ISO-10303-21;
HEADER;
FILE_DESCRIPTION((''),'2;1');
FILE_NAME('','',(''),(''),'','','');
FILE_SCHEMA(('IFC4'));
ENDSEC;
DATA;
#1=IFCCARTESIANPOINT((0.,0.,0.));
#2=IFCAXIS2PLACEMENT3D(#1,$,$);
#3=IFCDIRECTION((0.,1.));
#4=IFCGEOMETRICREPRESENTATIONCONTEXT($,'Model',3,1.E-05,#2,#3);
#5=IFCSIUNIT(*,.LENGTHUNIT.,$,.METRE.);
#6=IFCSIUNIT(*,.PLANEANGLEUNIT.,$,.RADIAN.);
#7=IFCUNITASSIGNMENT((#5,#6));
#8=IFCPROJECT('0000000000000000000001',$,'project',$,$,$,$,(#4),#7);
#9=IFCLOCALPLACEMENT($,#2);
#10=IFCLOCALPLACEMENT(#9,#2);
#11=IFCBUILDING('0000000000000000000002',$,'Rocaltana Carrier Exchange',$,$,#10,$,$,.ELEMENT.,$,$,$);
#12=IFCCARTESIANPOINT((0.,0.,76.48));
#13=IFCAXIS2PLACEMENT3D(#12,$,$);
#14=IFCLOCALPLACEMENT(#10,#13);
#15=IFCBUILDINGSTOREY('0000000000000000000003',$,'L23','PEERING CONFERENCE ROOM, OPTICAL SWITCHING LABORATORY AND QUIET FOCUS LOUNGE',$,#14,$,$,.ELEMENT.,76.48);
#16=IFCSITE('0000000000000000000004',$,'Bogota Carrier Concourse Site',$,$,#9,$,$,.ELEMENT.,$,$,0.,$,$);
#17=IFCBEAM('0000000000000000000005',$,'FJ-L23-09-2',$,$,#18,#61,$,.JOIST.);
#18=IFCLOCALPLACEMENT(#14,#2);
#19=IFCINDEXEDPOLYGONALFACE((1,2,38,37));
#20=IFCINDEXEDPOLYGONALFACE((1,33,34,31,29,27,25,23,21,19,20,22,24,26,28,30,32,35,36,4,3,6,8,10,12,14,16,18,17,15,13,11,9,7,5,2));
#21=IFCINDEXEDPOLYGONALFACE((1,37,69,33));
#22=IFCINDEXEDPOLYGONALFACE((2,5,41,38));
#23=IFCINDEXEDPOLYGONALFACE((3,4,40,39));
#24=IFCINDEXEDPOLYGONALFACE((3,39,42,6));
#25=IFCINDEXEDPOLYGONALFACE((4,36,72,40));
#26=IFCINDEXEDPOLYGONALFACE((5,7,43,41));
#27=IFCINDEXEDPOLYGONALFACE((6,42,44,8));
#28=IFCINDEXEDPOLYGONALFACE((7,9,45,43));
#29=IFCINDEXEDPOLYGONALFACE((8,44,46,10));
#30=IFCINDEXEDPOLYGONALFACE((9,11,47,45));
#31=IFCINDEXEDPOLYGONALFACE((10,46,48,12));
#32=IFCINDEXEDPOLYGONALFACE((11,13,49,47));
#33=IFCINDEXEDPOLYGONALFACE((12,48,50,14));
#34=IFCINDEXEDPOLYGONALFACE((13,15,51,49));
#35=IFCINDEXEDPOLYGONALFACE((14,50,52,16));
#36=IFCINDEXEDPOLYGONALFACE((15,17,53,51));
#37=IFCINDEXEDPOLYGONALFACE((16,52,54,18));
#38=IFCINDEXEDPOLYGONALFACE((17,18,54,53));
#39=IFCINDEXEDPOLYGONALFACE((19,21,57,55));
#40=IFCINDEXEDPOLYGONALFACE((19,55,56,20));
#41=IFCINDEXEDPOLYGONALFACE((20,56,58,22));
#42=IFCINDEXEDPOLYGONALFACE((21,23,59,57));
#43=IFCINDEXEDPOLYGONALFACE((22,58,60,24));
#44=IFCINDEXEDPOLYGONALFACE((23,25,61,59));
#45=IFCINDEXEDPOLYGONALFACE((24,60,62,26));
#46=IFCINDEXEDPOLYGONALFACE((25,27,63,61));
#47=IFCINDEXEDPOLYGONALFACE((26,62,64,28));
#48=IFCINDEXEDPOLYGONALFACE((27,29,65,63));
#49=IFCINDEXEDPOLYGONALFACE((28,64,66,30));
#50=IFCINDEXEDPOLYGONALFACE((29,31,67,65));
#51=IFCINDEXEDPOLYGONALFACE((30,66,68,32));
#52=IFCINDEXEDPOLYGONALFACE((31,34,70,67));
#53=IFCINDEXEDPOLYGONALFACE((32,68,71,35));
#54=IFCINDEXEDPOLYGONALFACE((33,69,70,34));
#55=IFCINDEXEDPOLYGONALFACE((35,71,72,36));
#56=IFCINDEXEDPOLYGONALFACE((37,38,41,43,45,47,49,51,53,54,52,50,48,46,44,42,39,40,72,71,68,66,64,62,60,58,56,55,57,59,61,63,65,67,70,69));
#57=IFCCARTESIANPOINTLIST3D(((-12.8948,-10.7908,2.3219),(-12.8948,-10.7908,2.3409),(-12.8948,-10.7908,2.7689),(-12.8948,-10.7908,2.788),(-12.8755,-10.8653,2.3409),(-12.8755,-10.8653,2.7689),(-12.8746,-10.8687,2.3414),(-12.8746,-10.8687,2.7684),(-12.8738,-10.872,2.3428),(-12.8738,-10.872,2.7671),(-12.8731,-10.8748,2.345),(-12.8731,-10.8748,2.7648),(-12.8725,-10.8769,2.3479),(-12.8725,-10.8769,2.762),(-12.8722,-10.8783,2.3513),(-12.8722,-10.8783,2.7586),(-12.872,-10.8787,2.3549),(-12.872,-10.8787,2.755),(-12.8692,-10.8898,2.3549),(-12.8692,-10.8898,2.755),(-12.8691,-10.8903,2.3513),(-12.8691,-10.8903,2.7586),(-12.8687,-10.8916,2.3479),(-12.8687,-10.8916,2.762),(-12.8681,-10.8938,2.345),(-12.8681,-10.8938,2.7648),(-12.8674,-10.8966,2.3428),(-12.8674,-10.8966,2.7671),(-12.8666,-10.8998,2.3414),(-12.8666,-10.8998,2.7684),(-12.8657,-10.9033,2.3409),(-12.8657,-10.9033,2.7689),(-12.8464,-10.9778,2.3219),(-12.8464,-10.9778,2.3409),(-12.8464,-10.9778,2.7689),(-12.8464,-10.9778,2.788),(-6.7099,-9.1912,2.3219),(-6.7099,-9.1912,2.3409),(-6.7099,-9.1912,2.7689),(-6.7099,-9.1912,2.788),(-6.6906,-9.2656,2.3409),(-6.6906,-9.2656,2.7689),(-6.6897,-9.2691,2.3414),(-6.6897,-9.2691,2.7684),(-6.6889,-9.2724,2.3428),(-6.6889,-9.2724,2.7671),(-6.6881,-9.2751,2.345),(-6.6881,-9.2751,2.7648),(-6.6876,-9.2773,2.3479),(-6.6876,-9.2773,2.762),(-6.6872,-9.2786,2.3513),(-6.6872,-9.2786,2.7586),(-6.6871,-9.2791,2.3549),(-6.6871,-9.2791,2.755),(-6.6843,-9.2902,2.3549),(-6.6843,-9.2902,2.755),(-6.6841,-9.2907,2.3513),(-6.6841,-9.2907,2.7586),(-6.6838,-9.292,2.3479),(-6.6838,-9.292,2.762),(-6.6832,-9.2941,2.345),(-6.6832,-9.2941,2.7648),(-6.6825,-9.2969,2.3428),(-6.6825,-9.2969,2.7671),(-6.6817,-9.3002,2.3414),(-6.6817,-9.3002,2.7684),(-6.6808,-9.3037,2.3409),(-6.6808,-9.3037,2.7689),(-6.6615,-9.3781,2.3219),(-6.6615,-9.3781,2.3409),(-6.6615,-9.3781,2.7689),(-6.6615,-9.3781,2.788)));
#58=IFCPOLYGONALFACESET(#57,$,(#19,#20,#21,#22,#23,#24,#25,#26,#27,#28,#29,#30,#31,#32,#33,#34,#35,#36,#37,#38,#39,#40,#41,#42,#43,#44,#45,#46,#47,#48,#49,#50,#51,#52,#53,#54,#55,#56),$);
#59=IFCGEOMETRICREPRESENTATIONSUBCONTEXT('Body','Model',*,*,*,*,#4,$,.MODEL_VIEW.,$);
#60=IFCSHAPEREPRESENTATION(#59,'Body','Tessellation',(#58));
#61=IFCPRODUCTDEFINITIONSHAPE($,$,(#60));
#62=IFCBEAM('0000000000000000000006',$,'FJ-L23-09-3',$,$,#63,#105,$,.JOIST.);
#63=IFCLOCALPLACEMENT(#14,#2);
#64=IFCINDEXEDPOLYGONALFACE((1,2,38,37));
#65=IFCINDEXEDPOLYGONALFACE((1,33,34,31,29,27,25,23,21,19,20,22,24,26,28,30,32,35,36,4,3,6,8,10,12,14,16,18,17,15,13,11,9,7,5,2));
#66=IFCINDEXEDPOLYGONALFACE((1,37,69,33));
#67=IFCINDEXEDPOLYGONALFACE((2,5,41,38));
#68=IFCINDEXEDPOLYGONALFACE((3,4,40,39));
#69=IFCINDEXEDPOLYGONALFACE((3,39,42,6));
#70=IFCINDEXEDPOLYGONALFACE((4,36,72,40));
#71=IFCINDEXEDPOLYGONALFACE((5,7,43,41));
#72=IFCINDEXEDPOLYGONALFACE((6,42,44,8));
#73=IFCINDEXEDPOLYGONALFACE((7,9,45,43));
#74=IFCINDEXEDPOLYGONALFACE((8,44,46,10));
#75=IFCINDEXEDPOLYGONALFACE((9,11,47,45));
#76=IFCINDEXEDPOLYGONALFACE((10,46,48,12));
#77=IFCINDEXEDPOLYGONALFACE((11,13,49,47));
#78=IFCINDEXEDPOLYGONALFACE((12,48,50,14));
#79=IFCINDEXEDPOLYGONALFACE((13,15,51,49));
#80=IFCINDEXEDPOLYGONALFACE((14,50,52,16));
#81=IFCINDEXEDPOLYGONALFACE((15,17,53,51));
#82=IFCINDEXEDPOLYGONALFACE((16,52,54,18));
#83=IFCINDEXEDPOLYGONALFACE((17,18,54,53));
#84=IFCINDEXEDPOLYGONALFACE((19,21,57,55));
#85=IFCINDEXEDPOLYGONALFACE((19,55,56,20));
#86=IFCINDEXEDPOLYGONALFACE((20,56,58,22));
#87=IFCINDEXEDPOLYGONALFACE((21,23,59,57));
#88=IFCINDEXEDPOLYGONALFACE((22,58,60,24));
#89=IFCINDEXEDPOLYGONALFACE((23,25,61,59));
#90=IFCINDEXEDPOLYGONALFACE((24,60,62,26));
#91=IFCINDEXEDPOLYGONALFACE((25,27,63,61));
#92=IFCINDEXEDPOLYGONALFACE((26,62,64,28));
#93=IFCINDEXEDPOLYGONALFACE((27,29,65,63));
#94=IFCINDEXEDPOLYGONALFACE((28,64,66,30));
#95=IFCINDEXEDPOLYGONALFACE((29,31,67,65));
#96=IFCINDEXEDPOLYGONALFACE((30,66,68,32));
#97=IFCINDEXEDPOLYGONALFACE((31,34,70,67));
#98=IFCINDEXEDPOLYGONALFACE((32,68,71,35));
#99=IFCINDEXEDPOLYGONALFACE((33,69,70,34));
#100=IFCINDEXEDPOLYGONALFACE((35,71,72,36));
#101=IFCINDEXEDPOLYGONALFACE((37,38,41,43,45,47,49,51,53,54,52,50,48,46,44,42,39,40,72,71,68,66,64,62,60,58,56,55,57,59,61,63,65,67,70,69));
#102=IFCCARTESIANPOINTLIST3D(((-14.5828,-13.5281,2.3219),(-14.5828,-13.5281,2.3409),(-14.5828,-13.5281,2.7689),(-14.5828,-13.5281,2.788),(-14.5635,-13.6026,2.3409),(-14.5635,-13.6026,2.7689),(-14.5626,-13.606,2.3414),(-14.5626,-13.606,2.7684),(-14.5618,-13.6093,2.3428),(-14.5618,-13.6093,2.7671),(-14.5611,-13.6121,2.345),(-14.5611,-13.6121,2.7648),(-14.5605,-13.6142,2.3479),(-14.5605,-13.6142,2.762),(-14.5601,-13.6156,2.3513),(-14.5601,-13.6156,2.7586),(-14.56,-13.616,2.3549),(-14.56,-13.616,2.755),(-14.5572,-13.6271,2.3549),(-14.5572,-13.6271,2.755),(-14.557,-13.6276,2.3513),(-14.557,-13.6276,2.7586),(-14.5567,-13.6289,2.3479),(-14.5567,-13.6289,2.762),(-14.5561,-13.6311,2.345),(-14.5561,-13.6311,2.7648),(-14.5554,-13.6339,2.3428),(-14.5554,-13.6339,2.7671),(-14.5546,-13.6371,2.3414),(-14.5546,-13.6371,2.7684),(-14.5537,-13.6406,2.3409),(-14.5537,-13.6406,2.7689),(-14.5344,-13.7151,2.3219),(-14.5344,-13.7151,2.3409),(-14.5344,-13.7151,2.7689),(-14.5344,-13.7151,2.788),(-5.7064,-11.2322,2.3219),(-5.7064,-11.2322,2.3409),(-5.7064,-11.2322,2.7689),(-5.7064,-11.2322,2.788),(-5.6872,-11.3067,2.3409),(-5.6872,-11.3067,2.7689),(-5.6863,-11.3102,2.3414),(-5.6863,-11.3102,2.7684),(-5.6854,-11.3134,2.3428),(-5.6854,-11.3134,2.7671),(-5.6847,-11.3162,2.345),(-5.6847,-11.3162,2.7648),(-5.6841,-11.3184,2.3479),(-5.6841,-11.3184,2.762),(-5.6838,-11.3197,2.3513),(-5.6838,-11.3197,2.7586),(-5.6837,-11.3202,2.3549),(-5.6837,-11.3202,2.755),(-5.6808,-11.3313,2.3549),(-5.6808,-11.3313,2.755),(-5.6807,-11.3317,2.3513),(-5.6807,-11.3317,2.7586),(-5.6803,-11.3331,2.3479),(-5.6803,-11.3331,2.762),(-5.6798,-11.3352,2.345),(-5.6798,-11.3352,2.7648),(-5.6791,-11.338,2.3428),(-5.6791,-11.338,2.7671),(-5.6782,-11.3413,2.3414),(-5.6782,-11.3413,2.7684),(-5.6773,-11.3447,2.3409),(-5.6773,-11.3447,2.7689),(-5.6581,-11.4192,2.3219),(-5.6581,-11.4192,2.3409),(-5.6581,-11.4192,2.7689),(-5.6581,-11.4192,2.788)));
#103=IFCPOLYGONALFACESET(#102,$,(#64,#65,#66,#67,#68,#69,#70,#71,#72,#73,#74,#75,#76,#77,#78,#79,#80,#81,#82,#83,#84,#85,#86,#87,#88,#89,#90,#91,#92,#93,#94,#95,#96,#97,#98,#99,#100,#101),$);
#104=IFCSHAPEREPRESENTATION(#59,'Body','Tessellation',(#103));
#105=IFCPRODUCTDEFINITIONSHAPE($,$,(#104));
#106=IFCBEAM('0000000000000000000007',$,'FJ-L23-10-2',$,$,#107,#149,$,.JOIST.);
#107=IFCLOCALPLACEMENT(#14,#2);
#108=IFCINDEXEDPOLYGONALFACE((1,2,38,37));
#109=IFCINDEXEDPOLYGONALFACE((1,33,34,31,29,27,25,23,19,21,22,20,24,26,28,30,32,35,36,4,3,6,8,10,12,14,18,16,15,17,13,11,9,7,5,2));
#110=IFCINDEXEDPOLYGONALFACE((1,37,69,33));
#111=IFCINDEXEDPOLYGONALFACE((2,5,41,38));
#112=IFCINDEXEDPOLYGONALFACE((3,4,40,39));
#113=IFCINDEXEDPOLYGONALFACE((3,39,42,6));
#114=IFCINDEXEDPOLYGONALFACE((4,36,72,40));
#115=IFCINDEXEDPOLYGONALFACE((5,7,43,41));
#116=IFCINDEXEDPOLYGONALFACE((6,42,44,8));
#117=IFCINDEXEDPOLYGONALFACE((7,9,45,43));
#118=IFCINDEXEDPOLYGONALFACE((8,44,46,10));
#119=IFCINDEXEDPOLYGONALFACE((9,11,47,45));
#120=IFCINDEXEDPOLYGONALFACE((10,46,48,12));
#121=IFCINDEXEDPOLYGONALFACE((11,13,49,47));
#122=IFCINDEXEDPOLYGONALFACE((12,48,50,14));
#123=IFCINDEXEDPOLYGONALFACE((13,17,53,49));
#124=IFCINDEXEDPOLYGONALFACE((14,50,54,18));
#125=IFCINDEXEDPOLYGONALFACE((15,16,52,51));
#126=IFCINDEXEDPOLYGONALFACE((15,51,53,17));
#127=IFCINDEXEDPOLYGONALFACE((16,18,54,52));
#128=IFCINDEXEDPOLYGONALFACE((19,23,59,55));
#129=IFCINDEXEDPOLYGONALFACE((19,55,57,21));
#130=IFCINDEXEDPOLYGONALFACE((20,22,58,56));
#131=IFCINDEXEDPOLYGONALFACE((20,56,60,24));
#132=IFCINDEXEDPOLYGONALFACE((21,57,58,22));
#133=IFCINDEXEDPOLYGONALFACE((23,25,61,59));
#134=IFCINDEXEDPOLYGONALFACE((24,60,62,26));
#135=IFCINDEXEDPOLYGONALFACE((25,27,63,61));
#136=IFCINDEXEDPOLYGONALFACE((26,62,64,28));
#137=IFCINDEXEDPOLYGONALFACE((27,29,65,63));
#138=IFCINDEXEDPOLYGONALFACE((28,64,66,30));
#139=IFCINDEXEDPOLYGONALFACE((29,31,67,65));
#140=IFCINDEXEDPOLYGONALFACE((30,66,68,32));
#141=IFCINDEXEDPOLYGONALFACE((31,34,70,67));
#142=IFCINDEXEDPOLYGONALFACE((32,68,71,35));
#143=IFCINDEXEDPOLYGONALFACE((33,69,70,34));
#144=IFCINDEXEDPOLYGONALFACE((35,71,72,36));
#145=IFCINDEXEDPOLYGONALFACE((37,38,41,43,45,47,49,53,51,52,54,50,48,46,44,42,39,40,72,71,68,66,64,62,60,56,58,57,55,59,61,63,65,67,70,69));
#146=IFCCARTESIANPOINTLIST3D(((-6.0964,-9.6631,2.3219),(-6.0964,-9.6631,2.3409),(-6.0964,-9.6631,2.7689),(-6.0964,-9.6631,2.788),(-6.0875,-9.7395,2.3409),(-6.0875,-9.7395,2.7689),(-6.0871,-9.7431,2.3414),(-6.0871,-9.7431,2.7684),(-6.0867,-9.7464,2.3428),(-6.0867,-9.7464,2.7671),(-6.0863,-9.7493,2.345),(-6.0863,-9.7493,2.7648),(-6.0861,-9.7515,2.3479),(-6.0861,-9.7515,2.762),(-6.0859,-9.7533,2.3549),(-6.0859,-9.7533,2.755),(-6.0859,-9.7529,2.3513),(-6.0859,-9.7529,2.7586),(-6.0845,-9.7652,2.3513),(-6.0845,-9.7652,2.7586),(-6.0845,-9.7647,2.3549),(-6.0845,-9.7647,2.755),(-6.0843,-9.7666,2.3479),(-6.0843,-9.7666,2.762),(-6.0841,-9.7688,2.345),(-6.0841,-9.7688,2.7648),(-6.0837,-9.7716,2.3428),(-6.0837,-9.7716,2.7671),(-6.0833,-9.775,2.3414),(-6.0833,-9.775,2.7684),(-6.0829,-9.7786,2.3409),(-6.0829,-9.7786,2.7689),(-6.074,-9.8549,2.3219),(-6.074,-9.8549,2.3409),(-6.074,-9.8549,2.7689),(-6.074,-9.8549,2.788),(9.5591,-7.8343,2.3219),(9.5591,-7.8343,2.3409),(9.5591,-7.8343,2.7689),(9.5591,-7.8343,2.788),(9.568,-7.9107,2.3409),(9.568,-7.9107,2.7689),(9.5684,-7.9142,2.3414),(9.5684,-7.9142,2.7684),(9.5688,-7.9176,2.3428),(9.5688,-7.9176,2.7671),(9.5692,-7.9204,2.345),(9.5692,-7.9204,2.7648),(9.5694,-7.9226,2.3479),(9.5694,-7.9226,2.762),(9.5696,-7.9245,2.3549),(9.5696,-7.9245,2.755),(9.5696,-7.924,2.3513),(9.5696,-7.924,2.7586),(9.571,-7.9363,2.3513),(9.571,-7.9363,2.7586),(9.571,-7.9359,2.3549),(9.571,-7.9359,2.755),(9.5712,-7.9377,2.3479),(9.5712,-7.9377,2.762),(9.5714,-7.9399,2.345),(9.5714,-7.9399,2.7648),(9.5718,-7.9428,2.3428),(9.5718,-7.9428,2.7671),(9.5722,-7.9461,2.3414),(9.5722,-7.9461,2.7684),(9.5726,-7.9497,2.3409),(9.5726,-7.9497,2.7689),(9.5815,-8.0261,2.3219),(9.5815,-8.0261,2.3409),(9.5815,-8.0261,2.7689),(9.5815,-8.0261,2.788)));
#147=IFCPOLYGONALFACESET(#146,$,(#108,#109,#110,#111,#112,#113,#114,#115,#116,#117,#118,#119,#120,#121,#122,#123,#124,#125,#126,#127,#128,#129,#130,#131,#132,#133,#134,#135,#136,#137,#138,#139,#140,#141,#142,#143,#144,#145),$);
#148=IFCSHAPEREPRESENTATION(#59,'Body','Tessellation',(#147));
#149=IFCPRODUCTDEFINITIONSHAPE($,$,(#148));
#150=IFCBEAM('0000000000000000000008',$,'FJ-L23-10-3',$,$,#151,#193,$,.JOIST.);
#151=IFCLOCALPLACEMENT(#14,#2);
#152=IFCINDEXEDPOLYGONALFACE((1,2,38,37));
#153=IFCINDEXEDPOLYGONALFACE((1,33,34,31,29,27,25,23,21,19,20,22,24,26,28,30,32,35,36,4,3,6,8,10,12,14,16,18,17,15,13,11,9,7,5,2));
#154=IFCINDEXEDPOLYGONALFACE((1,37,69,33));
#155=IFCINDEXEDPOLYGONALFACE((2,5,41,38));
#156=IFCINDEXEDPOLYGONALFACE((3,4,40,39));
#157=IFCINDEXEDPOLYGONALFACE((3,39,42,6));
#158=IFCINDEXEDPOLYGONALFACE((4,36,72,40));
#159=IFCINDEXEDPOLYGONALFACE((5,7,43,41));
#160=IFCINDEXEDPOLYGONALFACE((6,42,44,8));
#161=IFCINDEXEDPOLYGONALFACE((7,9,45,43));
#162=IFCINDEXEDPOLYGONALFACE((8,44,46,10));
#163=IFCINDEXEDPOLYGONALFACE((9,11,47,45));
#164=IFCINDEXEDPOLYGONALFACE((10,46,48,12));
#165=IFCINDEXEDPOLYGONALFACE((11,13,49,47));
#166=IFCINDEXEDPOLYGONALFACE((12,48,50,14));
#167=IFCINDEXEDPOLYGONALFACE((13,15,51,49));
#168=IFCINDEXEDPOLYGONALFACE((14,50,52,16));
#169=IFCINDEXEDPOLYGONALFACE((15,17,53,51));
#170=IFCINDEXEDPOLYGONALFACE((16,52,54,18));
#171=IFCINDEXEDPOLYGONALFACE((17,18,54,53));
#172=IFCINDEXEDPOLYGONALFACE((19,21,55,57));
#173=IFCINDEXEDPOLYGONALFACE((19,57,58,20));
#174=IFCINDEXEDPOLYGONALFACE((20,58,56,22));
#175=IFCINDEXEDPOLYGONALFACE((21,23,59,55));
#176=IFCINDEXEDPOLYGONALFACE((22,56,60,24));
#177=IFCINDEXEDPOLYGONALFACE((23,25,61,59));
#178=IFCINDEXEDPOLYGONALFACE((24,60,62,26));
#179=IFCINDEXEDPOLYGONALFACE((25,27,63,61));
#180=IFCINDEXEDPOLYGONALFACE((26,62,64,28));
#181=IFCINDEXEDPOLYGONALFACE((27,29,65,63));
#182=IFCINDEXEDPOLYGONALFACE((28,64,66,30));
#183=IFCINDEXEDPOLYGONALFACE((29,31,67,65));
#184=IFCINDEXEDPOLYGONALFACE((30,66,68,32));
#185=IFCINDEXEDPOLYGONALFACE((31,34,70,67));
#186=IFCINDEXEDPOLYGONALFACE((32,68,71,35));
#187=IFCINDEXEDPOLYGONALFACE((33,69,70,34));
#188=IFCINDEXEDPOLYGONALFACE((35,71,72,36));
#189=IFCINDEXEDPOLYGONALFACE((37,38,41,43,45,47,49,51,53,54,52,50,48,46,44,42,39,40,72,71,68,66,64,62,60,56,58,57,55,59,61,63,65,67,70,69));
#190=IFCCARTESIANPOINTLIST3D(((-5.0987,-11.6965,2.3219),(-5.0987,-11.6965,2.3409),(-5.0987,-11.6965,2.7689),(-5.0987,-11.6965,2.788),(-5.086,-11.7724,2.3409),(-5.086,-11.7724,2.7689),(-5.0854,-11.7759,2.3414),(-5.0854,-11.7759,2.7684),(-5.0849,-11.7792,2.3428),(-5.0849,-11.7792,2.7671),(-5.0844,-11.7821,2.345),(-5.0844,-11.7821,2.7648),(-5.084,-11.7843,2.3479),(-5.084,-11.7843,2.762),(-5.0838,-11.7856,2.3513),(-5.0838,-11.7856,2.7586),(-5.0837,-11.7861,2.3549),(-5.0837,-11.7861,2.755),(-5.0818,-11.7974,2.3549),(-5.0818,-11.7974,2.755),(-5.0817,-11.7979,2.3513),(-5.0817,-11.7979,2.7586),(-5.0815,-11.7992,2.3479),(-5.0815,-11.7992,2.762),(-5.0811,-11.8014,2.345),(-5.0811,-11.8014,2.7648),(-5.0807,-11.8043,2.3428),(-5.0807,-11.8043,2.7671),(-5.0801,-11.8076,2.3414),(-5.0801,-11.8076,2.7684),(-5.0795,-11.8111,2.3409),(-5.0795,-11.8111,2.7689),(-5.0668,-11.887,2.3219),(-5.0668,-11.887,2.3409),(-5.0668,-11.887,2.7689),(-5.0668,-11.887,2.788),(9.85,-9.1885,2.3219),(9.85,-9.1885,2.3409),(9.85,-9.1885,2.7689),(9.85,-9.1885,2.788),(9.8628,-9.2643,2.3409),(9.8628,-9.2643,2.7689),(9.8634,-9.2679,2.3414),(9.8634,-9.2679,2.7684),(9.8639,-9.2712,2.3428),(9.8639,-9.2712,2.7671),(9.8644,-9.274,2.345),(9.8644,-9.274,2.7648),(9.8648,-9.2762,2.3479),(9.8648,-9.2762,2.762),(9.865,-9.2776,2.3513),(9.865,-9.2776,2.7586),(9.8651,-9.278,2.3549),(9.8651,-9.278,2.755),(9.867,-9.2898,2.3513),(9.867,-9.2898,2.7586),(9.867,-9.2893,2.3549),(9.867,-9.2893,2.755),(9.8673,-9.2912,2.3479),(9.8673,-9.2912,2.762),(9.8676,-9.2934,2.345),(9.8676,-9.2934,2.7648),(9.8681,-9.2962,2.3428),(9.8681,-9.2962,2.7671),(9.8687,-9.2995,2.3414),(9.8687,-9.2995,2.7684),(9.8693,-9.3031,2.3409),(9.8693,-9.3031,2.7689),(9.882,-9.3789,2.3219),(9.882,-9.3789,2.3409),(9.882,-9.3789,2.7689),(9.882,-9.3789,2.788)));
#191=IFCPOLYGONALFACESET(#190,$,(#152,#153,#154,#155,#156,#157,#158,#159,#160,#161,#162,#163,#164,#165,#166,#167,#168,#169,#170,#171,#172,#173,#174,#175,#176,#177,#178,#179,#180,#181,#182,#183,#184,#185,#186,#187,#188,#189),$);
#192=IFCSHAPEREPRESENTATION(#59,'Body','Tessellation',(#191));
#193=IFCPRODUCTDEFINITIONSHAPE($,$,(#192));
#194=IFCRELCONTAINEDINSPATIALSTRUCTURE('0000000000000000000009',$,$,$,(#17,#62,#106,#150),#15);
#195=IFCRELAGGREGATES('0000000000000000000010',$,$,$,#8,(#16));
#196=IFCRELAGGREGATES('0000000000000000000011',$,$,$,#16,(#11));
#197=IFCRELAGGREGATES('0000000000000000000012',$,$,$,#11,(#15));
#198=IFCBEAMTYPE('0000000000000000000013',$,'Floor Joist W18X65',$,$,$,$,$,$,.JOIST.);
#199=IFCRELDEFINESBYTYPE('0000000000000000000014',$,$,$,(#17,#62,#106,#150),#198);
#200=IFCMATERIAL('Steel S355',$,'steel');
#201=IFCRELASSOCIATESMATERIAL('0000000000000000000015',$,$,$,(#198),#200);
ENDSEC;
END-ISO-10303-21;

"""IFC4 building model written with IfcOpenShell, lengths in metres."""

from ifc_helpers import new_model, si_unit, direction, frame, origin, origin_2d, place, context, subcontext, project, spatial, i_section, extrude, material, material_profile, profile_set, type_object, element, save


model = new_model("IFC4")

# Units and contexts
model_context = context("Model", 3, precision=1e-05, world=origin(), true_north=direction((0.0, 1.0)))
body_context = subcontext(model_context, "Body", "Model", "MODEL_VIEW")
ifc_project = project(units=[si_unit("LENGTHUNIT", "METRE"), si_unit("PLANEANGLEUNIT", "RADIAN")], contexts=[model_context])

# Site, building, storey
site_placement = place(None, origin())
site = spatial("IfcSite", under=ifc_project, at=site_placement, Name="Bogota Carrier Concourse Site", CompositionType="ELEMENT", RefElevation=0.0)
building_placement = place(site_placement, origin())
building = spatial("IfcBuilding", under=site, at=building_placement, Name="Rocaltana Carrier Exchange", CompositionType="ELEMENT")
storey_placement = place(building_placement, frame((0.0, 0.0, 76.48)))
storey = spatial("IfcBuildingStorey", under=building, at=storey_placement, Name="L23", Description="PEERING CONFERENCE ROOM, OPTICAL SWITCHING LABORATORY AND QUIET FOCUS LOUNGE", CompositionType="ELEMENT", Elevation=76.48)

# Beams
ifc_material_1 = material(Name="Steel S355", Category="steel")
ifc_material_profile_1 = material_profile(ifc_material_1, i_section(OverallWidth=0.1931, OverallDepth=0.4661, WebThickness=0.0115, FlangeThickness=0.019, FilletRadius=0.0139, at=origin_2d()), Name="W18X65")
ifc_profile_set_1 = profile_set([ifc_material_profile_1], Name="Steel S355")
beam_type_1 = type_object("IfcBeamType", Name="Floor Joist W18X65", PredefinedType="JOIST", material=ifc_profile_set_1)
beam_1_placement = place(storey_placement, frame((-12.8706, -10.8843, 2.5549), z_axis=(0.968144, 0.250396, 0.0), x_axis=(-0.250396, 0.968144, 0.0)))
element("IfcBeam", 1, at=beam_1_placement, inside=storey, type_object=beam_type_1, Name="FJ-L23-09-2", PredefinedType="JOIST", context=body_context, shape_type="SweptSolid", body=[
    extrude(i_section(OverallWidth=0.1931, OverallDepth=0.4661, WebThickness=0.0115, FlangeThickness=0.019, FilletRadius=0.0139, at=origin_2d()), origin(), (0.0, 0.0, 1.0), 6.3884),
])
beam_2_placement = place(storey_placement, frame((-14.5586, -13.6216, 2.5549), z_axis=(0.96814, 0.25041, 0.0), x_axis=(-0.25041, 0.96814, 0.0)))
element("IfcBeam", 2, at=beam_2_placement, inside=storey, type_object=beam_type_1, Name="FJ-L23-09-3", PredefinedType="JOIST", context=body_context, shape_type="SweptSolid", body=[
    extrude(i_section(OverallWidth=0.1931, OverallDepth=0.4661, WebThickness=0.0115, FlangeThickness=0.019, FilletRadius=0.0139, at=origin_2d()), origin(), (0.0, 0.0, 1.0), 9.1685),
])
beam_3_placement = place(storey_placement, frame((-6.0852, -9.759, 2.5549), z_axis=(0.993246, 0.11603, 0.0), x_axis=(-0.11603, 0.993246, 0.0)))
element("IfcBeam", 3, at=beam_3_placement, inside=storey, type_object=beam_type_1, Name="FJ-L23-10-2", PredefinedType="JOIST", context=body_context, shape_type="SweptSolid", body=[
    extrude(i_section(OverallWidth=0.1931, OverallDepth=0.4661, WebThickness=0.0115, FlangeThickness=0.019, FilletRadius=0.0139, at=origin_2d()), origin(), (0.0, 0.0, 1.0), 15.762),
])
beam_4_placement = place(storey_placement, frame((-5.0828, -11.7917, 2.5549), z_axis=(0.986216, 0.165465, 0.0), x_axis=(-0.165465, 0.986216, 0.0)))
element("IfcBeam", 4, at=beam_4_placement, inside=storey, type_object=beam_type_1, Name="FJ-L23-10-3", PredefinedType="JOIST", context=body_context, shape_type="SweptSolid", body=[
    extrude(i_section(OverallWidth=0.1931, OverallDepth=0.4661, WebThickness=0.0115, FlangeThickness=0.019, FilletRadius=0.0139, at=origin_2d()), origin(), (0.0, 0.0, 1.0), 15.1577),
])

save(model, "model.ifc")
